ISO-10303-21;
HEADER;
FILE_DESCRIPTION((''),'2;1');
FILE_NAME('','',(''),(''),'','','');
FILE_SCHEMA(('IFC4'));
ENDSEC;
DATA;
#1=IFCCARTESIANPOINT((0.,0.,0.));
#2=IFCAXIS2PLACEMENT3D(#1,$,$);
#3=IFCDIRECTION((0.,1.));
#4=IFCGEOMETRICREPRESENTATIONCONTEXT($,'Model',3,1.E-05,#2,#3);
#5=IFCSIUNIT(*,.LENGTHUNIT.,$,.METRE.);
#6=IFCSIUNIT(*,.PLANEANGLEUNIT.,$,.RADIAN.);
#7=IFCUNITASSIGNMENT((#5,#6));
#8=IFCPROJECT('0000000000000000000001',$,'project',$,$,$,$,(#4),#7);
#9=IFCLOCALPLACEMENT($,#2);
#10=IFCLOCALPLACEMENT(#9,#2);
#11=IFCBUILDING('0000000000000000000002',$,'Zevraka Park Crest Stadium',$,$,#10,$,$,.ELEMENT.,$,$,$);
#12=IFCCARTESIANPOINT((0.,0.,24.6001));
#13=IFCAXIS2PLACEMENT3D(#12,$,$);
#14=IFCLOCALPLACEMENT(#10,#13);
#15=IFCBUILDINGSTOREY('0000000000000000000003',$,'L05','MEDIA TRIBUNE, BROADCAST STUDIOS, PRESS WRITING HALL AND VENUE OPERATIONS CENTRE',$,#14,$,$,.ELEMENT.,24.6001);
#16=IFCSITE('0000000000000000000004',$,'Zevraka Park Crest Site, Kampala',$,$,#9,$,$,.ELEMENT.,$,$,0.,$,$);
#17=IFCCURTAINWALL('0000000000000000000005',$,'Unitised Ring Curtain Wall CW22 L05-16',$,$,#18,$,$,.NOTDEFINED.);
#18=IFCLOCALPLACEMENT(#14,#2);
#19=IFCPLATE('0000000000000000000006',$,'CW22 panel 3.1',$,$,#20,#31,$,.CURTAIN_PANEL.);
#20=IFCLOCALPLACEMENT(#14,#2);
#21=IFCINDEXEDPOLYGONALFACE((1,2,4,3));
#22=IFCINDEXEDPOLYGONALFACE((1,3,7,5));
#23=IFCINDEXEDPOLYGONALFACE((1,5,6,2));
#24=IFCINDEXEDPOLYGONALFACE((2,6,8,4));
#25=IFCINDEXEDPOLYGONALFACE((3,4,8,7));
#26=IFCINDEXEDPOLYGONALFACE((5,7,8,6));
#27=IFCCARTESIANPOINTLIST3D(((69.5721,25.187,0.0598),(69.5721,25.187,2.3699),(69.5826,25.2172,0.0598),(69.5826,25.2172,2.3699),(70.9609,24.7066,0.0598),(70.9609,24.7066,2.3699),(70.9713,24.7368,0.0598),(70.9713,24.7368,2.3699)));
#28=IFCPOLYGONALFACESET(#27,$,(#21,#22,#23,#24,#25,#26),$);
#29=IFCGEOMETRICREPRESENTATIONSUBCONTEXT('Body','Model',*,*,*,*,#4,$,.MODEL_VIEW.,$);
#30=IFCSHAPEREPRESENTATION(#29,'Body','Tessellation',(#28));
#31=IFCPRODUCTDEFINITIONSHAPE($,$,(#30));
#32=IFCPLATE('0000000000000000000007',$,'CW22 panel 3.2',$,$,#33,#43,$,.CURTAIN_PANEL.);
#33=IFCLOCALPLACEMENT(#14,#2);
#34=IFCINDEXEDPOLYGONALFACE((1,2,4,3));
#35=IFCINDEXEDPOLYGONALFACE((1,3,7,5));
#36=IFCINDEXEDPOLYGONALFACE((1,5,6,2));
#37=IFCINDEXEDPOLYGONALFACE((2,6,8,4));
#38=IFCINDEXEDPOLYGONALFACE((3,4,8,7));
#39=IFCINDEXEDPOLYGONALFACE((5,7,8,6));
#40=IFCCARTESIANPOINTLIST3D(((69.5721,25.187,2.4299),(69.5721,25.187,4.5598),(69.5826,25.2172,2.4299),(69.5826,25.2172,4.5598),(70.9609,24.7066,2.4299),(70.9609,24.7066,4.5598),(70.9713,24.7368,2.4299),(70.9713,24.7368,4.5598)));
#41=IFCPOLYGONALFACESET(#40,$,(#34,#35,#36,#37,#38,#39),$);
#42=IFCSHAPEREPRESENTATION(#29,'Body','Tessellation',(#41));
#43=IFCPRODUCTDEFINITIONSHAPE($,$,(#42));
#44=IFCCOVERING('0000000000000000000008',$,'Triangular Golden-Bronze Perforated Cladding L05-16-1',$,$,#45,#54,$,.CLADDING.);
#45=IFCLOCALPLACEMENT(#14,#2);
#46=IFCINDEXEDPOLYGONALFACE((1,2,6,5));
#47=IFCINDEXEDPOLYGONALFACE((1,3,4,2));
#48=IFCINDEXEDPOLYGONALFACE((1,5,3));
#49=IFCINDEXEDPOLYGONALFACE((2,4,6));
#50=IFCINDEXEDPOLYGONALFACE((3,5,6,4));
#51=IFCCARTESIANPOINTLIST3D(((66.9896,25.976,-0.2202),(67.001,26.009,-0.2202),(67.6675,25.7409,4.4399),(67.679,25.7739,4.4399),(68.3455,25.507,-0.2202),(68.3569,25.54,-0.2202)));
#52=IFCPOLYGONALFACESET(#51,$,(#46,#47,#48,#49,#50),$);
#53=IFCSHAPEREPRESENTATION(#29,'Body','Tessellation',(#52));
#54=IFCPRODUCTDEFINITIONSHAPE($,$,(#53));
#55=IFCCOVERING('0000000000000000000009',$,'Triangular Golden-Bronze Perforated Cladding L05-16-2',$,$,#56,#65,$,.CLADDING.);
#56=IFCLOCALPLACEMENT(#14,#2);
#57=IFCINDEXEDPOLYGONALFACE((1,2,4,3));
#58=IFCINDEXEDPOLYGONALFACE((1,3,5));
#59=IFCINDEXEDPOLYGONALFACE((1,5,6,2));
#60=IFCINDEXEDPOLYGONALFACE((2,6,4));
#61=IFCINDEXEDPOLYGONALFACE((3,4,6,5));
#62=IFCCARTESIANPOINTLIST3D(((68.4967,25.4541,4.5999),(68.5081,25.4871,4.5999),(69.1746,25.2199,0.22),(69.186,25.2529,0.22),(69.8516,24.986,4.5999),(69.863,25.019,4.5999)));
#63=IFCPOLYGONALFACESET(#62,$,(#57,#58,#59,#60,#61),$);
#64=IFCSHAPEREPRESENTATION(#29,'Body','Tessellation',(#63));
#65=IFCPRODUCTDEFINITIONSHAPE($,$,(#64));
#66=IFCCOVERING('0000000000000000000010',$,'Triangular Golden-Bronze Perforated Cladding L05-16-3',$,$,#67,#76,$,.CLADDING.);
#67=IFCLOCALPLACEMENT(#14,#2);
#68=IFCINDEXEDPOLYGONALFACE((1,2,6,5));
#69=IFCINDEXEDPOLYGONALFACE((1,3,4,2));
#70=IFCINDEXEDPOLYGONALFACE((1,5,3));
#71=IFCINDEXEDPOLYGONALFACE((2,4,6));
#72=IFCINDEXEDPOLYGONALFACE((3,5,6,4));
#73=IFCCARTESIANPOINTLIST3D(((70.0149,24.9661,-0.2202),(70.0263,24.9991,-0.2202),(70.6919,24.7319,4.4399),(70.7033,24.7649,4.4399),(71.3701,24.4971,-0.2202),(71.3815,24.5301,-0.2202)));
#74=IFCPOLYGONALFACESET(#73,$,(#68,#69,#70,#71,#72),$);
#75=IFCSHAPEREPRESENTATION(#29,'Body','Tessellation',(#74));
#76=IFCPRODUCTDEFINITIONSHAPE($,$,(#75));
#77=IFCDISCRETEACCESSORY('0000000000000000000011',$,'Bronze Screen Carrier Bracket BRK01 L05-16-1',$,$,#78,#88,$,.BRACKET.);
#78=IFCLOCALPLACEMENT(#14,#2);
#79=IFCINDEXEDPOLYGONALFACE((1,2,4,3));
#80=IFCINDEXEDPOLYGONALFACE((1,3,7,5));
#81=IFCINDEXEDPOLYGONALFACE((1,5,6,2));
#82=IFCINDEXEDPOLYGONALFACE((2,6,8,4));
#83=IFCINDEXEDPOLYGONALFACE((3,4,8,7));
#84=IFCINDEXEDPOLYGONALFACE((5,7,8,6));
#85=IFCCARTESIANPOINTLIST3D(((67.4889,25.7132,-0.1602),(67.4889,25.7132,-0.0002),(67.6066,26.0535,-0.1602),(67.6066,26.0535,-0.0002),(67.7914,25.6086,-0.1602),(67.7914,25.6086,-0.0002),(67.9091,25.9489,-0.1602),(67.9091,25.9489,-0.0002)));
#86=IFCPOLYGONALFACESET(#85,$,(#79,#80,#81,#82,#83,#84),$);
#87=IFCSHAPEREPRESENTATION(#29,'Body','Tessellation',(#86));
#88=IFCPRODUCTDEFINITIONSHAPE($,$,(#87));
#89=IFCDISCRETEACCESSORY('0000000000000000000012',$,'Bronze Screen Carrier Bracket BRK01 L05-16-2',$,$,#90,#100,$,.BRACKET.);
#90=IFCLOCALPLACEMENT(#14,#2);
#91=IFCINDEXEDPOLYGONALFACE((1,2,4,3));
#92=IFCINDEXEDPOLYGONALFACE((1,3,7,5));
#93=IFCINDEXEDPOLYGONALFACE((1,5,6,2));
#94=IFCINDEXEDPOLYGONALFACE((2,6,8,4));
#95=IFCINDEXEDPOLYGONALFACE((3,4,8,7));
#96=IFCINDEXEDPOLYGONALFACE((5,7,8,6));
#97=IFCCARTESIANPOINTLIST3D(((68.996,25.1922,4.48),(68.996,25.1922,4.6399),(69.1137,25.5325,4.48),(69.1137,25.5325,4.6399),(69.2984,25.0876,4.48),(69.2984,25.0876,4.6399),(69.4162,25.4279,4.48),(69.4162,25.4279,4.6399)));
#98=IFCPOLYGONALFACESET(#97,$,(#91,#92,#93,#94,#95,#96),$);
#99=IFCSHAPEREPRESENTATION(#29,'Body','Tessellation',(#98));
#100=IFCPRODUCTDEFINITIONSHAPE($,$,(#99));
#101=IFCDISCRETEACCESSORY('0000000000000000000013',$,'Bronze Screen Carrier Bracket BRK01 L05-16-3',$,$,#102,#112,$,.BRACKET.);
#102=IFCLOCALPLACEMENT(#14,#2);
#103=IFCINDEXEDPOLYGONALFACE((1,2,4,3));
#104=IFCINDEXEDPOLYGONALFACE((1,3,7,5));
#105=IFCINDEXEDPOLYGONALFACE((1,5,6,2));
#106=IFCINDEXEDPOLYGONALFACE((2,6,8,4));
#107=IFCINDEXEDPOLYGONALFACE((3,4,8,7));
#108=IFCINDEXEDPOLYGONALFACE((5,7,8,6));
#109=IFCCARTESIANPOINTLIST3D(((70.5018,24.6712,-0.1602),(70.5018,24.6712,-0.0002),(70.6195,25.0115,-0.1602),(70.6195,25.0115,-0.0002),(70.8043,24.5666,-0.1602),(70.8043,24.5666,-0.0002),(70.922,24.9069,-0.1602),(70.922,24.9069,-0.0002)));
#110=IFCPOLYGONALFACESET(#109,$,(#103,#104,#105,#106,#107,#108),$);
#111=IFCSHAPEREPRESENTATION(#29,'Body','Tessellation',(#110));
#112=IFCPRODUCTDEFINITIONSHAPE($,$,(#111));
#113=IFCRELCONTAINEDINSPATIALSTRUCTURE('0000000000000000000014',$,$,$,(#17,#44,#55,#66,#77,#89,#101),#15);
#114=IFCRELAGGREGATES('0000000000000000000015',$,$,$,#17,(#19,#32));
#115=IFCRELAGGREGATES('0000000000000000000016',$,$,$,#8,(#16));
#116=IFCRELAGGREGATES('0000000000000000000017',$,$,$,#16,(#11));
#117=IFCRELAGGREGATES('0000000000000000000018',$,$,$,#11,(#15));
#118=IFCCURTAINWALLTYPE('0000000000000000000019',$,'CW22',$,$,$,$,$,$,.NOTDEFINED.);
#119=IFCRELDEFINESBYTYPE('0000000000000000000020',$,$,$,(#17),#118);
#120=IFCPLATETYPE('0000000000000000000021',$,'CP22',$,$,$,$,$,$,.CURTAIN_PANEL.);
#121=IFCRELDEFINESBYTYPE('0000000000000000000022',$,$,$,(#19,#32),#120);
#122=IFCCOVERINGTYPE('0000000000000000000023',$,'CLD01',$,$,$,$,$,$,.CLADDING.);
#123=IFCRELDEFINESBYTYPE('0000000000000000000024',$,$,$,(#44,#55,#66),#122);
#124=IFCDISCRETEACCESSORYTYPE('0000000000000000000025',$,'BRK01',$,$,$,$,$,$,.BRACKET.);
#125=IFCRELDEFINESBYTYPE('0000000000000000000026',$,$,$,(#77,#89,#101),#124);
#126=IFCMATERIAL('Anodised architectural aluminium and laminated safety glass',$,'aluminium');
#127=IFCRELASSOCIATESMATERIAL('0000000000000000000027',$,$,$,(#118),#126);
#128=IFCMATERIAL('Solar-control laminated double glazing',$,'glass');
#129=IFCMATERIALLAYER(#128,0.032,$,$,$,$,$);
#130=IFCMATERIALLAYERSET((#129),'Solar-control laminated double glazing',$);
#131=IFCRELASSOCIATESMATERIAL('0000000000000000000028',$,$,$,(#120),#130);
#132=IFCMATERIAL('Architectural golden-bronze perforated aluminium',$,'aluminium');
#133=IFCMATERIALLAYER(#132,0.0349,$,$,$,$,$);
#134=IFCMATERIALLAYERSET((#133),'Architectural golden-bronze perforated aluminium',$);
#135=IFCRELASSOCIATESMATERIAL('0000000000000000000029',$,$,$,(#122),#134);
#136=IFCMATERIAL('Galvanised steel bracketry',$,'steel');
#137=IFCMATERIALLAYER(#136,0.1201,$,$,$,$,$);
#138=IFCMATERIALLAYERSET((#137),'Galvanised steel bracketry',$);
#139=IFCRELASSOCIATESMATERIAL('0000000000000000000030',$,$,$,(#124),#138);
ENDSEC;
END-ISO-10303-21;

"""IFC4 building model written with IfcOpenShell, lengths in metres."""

from ifc_helpers import new_model, si_unit, direction, frame, origin, origin_2d, place, context, subcontext, project, spatial, polyline, rectangle, outline, extrude, material, layer, layer_set, type_object, element, aggregate, save


model = new_model("IFC4")

# Units and contexts
model_context = context("Model", 3, precision=1e-05, world=origin(), true_north=direction((0.0, 1.0)))
body_context = subcontext(model_context, "Body", "Model", "MODEL_VIEW")
ifc_project = project(units=[si_unit("LENGTHUNIT", "METRE"), si_unit("PLANEANGLEUNIT", "RADIAN")], contexts=[model_context])

# Site, building, storey
site_placement = place(None, origin())
site = spatial("IfcSite", under=ifc_project, at=site_placement, Name="Zevraka Park Crest Site, Kampala", CompositionType="ELEMENT", RefElevation=0.0)
building_placement = place(site_placement, origin())
building = spatial("IfcBuilding", under=site, at=building_placement, Name="Zevraka Park Crest Stadium", CompositionType="ELEMENT")
storey_placement = place(building_placement, frame((0.0, 0.0, 24.6001)))
storey = spatial("IfcBuildingStorey", under=building, at=storey_placement, Name="L05", Description="MEDIA TRIBUNE, BROADCAST STUDIOS, PRESS WRITING HALL AND VENUE OPERATIONS CENTRE", CompositionType="ELEMENT", Elevation=24.6001)

# Curtain wall
ifc_material_1 = material(Name="Anodised architectural aluminium and laminated safety glass", Category="aluminium")
curtain_wall_type = type_object("IfcCurtainWallType", Name="CW22", PredefinedType="NOTDEFINED", material=ifc_material_1)
curtain_wall_placement = place(storey_placement, origin())
curtain_wall = element("IfcCurtainWall", 1, at=curtain_wall_placement, inside=storey, type_object=curtain_wall_type, Name="Unitised Ring Curtain Wall CW22 L05-16", PredefinedType="NOTDEFINED")

# Plates
ifc_material_2 = material(Name="Solar-control laminated double glazing", Category="glass")
ifc_layer_1 = layer(ifc_material_2, 0.032)
ifc_layer_set_1 = layer_set([ifc_layer_1], Name="Solar-control laminated double glazing")
plate_type = type_object("IfcPlateType", Name="CP22", PredefinedType="CURTAIN_PANEL", material=ifc_layer_set_1)
plate_1_placement = place(storey_placement, frame((70.2717, 24.9619, 0.0598), z_axis=(0.0, 0.0, 1.0), x_axis=(0.945049, -0.326929, 0.0)))
plate_1 = element("IfcPlate", 2, at=plate_1_placement, type_object=plate_type, Name="CW22 panel 3.1", PredefinedType="CURTAIN_PANEL", context=body_context, shape_type="SweptSolid", body=[
    extrude(rectangle(XDim=1.4695, YDim=0.032, at=origin_2d()), origin(), (0.0, 0.0, 1.0), 2.3101),
])
plate_2_placement = place(storey_placement, frame((70.2717, 24.9619, 2.4299), z_axis=(0.0, 0.0, 1.0), x_axis=(0.945049, -0.326929, 0.0)))
plate_2 = element("IfcPlate", 3, at=plate_2_placement, type_object=plate_type, Name="CW22 panel 3.2", PredefinedType="CURTAIN_PANEL", context=body_context, shape_type="SweptSolid", body=[
    extrude(rectangle(XDim=1.4695, YDim=0.032, at=origin_2d()), origin(), (0.0, 0.0, 1.0), 2.1299),
])
aggregate(curtain_wall, [plate_1, plate_2])

# Coverings
ifc_material_3 = material(Name="Architectural golden-bronze perforated aluminium", Category="aluminium")
ifc_layer_2 = layer(ifc_material_3, 0.0349)
ifc_layer_set_2 = layer_set([ifc_layer_2], Name="Architectural golden-bronze perforated aluminium")
covering_type = type_object("IfcCoveringType", Name="CLD01", PredefinedType="CLADDING", material=ifc_layer_set_2)
covering_1_placement = place(storey_placement, frame((67.001, 26.009, -0.2202), z_axis=(0.326877, 0.945067, 0.000124), x_axis=(0.945067, -0.326877, 0.0)))
element("IfcCovering", 4, at=covering_1_placement, inside=storey, type_object=covering_type, Name="Triangular Golden-Bronze Perforated Cladding L05-16-1", PredefinedType="CLADDING", context=body_context, shape_type="SweptSolid", body=[
    extrude(outline(polyline([(0.0, 0.0), (1.4348, 0.0), (0.7176, -4.6602), (0.0, 0.0)])), origin(), (0.0, 0.0, -1.0), 0.0349),
])
covering_2_placement = place(storey_placement, frame((69.863, 25.019, 4.5999), z_axis=(0.326479, 0.945205, 0.00001), x_axis=(-0.945205, 0.326479, 0.0)))
element("IfcCovering", 5, at=covering_2_placement, inside=storey, type_object=covering_type, Name="Triangular Golden-Bronze Perforated Cladding L05-16-2", PredefinedType="CLADDING", context=body_context, shape_type="SweptSolid", body=[
    extrude(outline(polyline([(0.0, 0.0), (1.4335, 0.0), (0.7163, -4.3799), (0.0, 0.0)])), origin(), (0.0, 0.0, -1.0), 0.0349),
])
covering_3_placement = place(storey_placement, frame((70.0149, 24.9661, -0.2202), z_axis=(-0.327035, -0.945012, 0.000031), x_axis=(0.945012, -0.327035, 0.0)))
element("IfcCovering", 6, at=covering_3_placement, inside=storey, type_object=covering_type, Name="Triangular Golden-Bronze Perforated Cladding L05-16-3", PredefinedType="CLADDING", context=body_context, shape_type="SweptSolid", body=[
    extrude(outline(polyline([(0.0, 0.0), (1.4341, 0.0), (0.7163, 4.6602), (0.0, 0.0)])), origin(), (0.0, 0.0, -1.0), 0.0349),
])

# Discrete accessories
ifc_material_4 = material(Name="Galvanised steel bracketry", Category="steel")
ifc_layer_3 = layer(ifc_material_4, 0.1201)
ifc_layer_set_3 = layer_set([ifc_layer_3], Name="Galvanised steel bracketry")
discrete_accessory_type = type_object("IfcDiscreteAccessoryType", Name="BRK01", PredefinedType="BRACKET", material=ifc_layer_set_3)
for number, where, z_axis, x_axis, name in (
    (7, (67.699, 25.8311, -0.1602), (0.0, 0.0, 1.0), (0.945063, -0.326888, 0.0), "Bronze Screen Carrier Bracket BRK01 L05-16-1"),
    (8, (69.2061, 25.3101, 4.48), (0.0, 0.0, 1.0), (0.945063, -0.326888, 0.0), "Bronze Screen Carrier Bracket BRK01 L05-16-2"),
    (9, (70.7119, 24.7891, -0.1602), (0.0, 0.0, 1.0), (0.945063, -0.326888, 0.0), "Bronze Screen Carrier Bracket BRK01 L05-16-3"),
):
    element("IfcDiscreteAccessory", number, at=place(storey_placement, frame(where, z_axis=z_axis, x_axis=x_axis)), inside=storey, type_object=discrete_accessory_type, Name=name, PredefinedType="BRACKET", context=body_context, shape_type="SweptSolid", body=[
        extrude(rectangle(XDim=0.3201, YDim=0.3601, at=origin_2d()), origin(), (0.0, 0.0, 1.0), 0.1599),
    ])

save(model, "model.ifc")
